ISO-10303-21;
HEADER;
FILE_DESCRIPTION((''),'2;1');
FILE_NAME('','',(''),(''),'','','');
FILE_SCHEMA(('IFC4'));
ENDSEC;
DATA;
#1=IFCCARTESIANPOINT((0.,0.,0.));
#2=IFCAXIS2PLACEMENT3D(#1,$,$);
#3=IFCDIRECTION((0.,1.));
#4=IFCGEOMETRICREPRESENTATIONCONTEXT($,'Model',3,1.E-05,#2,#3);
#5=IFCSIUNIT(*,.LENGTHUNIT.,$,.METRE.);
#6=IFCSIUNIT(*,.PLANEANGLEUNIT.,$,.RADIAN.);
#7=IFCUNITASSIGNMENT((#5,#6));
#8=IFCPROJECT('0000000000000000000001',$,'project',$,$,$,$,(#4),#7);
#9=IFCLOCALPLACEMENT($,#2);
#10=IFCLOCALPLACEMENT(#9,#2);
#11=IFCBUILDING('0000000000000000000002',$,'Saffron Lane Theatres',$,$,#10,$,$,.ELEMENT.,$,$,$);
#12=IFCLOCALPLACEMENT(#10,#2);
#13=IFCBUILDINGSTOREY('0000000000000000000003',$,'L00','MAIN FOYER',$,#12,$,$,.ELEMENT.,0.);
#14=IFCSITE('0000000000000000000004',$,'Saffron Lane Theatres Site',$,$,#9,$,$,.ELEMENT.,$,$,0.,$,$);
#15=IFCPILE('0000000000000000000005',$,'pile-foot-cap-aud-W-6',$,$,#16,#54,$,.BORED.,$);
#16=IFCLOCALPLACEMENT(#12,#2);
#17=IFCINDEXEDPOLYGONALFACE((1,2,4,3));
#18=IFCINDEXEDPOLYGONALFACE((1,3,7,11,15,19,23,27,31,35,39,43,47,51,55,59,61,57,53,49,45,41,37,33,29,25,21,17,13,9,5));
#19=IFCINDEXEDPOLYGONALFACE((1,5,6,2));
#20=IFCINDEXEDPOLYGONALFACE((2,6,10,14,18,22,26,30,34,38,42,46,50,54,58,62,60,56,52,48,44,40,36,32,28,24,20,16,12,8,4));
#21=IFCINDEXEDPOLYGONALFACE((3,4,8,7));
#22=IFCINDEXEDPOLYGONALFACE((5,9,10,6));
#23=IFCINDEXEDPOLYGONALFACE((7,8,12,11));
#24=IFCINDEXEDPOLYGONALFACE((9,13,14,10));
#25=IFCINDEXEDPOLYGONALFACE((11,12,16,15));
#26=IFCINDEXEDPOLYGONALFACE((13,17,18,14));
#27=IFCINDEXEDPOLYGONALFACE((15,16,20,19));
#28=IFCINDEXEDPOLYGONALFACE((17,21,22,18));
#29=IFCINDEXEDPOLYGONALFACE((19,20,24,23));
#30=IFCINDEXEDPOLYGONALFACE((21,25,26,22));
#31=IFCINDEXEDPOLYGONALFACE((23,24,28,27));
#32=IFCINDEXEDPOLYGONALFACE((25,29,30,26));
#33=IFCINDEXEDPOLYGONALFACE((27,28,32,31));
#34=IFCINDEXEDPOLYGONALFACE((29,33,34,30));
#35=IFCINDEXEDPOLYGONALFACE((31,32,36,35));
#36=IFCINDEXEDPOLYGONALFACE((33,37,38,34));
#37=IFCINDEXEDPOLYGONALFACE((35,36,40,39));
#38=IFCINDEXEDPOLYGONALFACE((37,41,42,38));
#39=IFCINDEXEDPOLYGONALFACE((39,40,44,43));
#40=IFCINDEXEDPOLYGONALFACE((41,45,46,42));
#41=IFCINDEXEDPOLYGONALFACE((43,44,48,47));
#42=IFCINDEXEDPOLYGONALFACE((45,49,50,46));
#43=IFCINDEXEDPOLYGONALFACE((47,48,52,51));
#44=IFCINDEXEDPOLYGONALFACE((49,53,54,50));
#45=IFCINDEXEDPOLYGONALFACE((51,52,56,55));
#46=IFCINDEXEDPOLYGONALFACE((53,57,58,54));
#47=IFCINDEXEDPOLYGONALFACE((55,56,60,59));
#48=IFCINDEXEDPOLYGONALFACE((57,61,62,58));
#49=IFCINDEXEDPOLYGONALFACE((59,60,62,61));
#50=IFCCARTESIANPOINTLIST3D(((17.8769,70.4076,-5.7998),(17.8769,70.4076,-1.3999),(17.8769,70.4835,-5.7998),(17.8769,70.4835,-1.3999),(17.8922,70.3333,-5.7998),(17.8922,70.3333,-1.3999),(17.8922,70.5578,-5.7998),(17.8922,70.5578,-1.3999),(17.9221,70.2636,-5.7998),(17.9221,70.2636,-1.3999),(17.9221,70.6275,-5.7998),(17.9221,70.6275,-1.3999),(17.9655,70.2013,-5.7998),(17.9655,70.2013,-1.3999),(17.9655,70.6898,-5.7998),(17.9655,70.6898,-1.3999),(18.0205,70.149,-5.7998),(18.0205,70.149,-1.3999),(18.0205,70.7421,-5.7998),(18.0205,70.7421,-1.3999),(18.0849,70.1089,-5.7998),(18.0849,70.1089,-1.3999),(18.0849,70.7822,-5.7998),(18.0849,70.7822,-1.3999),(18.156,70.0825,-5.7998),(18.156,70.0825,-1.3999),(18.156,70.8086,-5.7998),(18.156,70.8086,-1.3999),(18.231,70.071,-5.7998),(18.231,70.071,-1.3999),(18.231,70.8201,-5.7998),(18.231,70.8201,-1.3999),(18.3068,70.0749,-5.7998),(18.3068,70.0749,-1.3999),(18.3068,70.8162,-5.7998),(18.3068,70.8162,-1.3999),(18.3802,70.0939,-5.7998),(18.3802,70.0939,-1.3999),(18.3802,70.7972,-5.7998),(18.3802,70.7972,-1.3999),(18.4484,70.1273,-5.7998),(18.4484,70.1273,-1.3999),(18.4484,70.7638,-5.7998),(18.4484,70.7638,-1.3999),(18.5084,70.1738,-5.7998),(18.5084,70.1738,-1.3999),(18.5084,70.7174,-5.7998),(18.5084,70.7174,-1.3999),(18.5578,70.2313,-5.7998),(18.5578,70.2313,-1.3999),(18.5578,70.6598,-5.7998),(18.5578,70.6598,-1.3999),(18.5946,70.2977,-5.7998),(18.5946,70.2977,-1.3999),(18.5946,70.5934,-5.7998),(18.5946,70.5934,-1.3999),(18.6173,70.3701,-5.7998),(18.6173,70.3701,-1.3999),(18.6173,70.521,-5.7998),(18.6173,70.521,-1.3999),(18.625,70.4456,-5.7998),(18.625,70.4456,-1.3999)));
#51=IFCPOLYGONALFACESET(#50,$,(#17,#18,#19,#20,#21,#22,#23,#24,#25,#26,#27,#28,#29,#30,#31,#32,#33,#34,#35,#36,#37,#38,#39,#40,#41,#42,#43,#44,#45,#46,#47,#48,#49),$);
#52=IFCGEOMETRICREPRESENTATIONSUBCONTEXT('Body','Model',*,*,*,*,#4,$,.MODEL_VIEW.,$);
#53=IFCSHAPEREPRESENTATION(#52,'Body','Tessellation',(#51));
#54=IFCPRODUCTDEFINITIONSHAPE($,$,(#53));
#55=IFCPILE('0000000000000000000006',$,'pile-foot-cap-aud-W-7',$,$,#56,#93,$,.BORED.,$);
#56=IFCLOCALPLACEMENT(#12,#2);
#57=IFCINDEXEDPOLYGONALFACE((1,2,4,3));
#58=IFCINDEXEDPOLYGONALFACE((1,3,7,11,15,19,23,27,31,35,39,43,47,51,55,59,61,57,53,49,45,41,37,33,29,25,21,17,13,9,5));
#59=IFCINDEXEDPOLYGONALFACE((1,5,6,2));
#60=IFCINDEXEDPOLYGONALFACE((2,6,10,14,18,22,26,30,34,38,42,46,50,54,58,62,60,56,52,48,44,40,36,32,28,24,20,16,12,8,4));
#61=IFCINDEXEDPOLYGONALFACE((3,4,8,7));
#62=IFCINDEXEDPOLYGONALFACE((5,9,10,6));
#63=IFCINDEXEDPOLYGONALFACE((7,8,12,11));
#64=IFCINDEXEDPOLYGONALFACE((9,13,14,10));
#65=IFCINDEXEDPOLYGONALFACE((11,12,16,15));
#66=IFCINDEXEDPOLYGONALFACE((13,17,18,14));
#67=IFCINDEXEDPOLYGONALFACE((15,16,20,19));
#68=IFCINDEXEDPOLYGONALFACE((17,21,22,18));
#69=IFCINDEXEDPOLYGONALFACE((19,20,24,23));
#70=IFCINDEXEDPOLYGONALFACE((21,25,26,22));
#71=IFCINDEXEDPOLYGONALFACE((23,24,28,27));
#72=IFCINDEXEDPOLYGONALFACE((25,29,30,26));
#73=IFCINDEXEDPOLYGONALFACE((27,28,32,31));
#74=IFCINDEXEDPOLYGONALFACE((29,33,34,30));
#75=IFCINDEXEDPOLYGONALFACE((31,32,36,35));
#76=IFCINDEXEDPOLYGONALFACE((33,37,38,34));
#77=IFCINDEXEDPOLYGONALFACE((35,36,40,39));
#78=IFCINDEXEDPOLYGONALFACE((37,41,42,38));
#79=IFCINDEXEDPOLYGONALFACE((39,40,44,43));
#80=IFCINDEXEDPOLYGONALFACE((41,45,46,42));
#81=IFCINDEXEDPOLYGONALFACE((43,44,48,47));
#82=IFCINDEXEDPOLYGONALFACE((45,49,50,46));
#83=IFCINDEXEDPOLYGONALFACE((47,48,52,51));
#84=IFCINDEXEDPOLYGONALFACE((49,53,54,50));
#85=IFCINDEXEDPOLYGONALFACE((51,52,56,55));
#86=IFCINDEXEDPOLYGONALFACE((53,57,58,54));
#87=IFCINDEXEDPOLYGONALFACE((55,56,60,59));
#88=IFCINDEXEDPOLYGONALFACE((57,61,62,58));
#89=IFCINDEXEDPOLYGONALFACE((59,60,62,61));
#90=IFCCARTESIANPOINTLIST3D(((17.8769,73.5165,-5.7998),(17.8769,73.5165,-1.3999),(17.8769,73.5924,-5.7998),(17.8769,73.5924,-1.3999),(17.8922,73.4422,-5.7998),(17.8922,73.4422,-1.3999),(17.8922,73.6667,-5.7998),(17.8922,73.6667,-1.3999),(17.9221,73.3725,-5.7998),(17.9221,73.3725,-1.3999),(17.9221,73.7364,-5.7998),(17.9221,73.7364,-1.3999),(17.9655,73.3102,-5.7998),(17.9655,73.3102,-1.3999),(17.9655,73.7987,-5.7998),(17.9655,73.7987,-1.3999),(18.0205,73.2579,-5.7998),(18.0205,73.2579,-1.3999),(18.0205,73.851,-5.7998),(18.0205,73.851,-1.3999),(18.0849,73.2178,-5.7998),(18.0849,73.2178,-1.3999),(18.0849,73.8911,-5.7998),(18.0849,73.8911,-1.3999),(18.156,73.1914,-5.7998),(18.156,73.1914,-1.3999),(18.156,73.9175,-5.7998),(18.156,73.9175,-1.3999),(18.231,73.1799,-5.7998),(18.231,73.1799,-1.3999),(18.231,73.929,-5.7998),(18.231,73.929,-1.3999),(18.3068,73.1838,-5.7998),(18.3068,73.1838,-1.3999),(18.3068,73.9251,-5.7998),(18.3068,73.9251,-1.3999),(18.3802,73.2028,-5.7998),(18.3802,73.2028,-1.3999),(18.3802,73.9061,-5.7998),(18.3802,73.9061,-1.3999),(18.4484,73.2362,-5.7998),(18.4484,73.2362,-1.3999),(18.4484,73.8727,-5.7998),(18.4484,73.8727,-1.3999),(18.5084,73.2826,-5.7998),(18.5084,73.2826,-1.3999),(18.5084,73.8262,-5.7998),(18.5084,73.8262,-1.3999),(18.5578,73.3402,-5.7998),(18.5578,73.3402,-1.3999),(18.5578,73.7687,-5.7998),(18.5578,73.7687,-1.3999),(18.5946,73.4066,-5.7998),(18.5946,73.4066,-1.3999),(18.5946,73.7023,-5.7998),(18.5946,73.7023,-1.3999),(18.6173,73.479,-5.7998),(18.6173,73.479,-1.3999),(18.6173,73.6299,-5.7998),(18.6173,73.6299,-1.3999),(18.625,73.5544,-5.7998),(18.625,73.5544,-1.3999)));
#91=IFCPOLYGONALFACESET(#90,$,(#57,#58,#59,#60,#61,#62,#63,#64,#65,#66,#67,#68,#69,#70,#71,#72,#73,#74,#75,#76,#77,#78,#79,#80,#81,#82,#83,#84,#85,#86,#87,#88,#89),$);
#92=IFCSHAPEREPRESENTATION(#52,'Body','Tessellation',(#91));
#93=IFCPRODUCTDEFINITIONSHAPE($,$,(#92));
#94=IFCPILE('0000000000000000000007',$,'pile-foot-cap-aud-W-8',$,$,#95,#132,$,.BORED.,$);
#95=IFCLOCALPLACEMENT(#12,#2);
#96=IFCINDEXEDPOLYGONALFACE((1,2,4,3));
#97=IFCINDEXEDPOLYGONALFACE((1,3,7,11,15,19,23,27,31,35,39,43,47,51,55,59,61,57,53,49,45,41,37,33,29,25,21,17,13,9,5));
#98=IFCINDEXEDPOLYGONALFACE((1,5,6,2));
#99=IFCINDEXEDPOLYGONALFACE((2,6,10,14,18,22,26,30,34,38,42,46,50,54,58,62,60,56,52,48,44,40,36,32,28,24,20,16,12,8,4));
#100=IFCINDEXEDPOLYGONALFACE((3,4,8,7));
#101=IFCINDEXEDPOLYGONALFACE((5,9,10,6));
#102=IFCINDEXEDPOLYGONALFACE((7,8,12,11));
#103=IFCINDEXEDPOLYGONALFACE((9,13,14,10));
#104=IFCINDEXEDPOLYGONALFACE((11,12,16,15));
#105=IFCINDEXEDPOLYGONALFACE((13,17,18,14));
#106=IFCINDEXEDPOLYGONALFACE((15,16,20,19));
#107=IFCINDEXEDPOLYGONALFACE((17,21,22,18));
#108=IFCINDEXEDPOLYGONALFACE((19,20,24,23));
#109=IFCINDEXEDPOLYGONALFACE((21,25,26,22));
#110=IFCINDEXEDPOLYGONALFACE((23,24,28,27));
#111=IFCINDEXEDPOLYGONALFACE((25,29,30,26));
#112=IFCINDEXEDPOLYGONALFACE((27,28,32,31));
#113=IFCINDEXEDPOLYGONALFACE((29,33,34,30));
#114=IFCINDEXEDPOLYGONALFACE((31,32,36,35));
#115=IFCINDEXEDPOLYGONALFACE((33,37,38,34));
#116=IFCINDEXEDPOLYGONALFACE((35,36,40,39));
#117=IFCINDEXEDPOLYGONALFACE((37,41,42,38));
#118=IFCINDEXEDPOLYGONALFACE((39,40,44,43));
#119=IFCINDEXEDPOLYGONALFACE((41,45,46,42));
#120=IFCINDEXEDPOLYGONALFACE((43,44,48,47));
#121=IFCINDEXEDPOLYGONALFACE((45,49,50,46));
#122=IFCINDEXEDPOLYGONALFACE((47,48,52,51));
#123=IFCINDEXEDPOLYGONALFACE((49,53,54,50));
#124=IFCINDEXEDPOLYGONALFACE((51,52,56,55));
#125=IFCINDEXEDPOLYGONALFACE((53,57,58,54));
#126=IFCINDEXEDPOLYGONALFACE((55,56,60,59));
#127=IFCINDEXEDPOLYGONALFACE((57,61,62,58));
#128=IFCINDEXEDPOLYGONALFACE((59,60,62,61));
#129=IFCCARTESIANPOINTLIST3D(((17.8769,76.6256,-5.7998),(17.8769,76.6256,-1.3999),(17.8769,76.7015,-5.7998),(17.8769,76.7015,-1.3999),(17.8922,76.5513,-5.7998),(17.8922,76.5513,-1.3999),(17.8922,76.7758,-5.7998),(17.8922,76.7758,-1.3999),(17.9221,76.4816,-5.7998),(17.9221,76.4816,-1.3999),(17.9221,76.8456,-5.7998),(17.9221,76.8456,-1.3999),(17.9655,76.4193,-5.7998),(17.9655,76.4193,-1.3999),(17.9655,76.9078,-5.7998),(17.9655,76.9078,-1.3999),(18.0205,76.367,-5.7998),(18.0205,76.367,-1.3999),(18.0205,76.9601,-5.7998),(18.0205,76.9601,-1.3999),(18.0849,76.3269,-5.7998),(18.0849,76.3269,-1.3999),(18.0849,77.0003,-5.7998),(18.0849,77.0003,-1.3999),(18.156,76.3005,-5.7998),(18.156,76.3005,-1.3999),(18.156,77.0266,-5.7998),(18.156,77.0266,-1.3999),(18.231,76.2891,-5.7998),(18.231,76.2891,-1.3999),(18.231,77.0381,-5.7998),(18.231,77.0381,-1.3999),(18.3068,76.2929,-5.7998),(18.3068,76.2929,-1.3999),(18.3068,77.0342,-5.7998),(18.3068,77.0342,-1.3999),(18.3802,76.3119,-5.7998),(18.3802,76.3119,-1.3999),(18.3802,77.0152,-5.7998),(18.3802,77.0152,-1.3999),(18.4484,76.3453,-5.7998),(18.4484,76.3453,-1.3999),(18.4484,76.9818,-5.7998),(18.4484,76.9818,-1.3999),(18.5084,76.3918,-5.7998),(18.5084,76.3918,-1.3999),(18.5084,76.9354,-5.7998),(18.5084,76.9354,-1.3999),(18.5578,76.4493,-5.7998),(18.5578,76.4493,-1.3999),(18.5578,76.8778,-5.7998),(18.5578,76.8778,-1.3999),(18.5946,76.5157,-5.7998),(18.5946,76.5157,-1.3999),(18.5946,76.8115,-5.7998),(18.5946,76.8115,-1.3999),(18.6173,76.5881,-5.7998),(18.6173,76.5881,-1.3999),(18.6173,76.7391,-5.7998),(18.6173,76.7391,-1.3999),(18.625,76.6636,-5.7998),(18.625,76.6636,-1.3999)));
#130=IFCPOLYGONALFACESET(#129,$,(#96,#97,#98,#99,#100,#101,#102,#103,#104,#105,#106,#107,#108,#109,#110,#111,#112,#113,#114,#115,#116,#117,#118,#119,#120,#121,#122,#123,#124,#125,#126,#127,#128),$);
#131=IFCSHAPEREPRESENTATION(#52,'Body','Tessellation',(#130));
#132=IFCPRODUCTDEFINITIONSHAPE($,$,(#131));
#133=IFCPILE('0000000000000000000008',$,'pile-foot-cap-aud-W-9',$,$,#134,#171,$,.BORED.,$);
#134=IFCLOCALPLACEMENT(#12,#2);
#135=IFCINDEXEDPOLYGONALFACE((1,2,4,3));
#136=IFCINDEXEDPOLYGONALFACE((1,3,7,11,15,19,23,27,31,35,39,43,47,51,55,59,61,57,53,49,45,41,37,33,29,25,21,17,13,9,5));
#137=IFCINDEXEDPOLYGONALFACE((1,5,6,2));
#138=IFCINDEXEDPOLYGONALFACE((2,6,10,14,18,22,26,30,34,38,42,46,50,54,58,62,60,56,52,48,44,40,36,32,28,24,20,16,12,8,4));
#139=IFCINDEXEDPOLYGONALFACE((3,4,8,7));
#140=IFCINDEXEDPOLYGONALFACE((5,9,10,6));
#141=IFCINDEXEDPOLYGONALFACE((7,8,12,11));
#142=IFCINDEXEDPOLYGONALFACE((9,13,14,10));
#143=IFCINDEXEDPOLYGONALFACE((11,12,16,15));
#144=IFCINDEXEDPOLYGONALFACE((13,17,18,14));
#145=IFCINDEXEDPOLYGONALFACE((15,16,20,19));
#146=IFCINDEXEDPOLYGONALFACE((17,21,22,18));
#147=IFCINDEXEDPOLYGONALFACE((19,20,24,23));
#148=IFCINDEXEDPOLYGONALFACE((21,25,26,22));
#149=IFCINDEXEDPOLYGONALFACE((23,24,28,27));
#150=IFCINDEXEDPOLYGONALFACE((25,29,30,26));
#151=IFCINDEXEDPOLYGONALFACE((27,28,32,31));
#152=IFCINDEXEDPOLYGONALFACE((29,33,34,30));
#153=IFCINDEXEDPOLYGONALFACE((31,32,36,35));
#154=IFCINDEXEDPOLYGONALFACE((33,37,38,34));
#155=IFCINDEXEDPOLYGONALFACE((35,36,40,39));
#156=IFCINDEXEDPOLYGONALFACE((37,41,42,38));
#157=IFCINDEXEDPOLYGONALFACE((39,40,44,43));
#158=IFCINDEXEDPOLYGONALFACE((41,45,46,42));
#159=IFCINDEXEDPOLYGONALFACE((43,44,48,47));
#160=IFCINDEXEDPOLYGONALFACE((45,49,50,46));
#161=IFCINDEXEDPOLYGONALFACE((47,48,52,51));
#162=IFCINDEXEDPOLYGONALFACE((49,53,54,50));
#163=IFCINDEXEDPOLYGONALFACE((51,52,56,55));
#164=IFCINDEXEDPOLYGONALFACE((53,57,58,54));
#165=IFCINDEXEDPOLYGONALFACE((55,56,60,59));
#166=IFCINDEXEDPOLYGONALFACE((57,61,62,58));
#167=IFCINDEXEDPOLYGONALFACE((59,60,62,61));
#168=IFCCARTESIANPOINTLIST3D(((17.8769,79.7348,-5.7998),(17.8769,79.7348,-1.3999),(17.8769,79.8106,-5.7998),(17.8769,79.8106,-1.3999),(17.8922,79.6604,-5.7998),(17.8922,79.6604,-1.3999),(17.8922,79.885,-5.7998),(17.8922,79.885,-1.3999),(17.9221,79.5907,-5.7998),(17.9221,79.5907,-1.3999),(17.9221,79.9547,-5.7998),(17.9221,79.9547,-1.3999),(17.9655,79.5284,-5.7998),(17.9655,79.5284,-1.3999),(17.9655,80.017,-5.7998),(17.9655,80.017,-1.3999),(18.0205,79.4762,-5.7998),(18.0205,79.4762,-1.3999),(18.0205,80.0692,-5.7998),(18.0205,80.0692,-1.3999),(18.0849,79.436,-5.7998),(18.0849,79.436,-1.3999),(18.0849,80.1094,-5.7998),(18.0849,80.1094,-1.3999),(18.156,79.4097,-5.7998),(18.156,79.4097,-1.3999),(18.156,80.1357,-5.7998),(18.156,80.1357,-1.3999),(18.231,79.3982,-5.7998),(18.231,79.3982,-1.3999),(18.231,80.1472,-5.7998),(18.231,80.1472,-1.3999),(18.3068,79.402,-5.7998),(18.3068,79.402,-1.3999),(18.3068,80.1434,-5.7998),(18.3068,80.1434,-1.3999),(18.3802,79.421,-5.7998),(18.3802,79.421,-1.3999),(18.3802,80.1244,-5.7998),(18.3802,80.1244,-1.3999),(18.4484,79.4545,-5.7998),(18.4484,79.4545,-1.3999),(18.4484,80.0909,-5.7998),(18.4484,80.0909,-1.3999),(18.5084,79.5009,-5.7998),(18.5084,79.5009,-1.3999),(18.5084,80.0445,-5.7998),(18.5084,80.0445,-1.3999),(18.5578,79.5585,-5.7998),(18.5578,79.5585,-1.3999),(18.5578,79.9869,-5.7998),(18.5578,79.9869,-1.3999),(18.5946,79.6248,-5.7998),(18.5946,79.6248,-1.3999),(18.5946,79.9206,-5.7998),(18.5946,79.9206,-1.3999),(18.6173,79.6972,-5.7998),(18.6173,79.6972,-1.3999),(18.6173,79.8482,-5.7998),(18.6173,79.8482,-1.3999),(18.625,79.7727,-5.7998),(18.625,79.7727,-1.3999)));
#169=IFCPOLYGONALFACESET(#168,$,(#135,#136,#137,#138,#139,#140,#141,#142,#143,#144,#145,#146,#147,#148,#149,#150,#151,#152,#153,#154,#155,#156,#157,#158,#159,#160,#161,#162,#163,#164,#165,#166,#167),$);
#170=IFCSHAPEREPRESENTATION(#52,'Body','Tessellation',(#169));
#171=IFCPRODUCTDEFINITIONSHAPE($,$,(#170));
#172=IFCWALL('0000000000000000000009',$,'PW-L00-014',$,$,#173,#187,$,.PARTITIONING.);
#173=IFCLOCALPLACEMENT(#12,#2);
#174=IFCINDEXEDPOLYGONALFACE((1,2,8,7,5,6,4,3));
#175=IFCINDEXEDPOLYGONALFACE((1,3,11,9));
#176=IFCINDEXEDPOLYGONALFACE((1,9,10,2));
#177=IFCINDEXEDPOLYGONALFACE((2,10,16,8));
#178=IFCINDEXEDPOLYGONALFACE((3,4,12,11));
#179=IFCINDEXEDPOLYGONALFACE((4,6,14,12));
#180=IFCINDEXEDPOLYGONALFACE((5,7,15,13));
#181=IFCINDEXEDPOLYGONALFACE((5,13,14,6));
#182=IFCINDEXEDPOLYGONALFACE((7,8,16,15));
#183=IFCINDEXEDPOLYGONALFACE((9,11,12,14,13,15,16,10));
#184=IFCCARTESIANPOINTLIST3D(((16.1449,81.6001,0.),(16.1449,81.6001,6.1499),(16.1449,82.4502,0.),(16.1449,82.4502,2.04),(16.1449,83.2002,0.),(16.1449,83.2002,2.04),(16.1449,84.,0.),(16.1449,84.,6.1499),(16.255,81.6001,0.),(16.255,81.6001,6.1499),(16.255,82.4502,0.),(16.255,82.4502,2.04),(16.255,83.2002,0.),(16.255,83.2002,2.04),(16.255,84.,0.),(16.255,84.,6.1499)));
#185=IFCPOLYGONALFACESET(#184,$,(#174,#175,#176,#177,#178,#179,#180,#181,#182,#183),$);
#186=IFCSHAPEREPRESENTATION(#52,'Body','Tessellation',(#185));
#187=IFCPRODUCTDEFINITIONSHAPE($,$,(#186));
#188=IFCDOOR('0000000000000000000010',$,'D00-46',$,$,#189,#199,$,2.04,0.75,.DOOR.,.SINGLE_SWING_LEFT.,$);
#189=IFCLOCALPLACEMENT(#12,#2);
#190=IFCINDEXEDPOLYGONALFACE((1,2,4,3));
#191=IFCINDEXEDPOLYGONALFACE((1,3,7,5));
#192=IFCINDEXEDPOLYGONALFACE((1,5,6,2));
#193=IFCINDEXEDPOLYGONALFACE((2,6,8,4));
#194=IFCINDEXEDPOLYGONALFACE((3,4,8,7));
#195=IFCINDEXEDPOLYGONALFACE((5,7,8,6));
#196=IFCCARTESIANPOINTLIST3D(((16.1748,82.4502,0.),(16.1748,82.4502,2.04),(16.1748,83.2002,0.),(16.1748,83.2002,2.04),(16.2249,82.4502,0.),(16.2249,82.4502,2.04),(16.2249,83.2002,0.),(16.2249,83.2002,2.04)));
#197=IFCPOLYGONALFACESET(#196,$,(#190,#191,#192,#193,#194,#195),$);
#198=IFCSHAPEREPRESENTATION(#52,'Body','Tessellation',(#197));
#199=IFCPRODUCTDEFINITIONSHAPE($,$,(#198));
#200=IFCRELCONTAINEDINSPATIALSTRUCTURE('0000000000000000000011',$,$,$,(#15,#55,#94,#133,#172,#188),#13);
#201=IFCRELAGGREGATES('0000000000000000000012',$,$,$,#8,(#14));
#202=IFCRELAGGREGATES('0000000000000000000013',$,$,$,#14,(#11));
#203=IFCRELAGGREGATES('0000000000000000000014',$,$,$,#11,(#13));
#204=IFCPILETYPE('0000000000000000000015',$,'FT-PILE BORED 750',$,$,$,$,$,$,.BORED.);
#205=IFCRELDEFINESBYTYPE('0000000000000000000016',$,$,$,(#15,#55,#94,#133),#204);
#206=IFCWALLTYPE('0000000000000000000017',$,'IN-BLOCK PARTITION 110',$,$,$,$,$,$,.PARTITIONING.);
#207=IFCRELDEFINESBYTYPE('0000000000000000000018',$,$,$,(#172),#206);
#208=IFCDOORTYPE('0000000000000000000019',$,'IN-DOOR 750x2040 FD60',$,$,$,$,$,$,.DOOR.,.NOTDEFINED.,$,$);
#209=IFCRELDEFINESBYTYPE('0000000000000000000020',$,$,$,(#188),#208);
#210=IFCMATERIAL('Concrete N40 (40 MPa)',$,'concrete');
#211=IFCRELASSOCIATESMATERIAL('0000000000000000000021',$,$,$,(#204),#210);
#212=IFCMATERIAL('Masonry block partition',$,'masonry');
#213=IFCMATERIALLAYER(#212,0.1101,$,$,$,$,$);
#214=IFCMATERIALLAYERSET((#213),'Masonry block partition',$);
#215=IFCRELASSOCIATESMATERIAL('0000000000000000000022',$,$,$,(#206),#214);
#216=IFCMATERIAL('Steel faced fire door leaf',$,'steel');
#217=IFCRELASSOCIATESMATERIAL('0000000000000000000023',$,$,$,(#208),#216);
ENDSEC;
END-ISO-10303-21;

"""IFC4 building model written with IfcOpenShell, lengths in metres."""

from ifc_helpers import new_model, si_unit, direction, frame, frame_2d, origin, origin_2d, place, context, subcontext, project, spatial, rectangle, circle, extrude, material, layer, layer_set, material_profile, profile_set, type_object, element, fill, save


model = new_model("IFC4")

# Units and contexts
model_context = context("Model", 3, precision=1e-05, world=origin(), true_north=direction((0.0, 1.0)))
body_context = subcontext(model_context, "Body", "Model", "MODEL_VIEW")
ifc_project = project(units=[si_unit("LENGTHUNIT", "METRE"), si_unit("PLANEANGLEUNIT", "RADIAN")], contexts=[model_context])

# Site, building, storey
site_placement = place(None, origin())
site = spatial("IfcSite", under=ifc_project, at=site_placement, Name="Saffron Lane Theatres Site", CompositionType="ELEMENT", RefElevation=0.0)
building_placement = place(site_placement, origin())
building = spatial("IfcBuilding", under=site, at=building_placement, Name="Saffron Lane Theatres", CompositionType="ELEMENT")
storey_placement = place(building_placement, origin())
storey = spatial("IfcBuildingStorey", under=building, at=storey_placement, Name="L00", Description="MAIN FOYER", CompositionType="ELEMENT", Elevation=0.0)

# Piles
ifc_material_1 = material(Name="Concrete N40 (40 MPa)", Category="concrete")
ifc_material_profile = material_profile(ifc_material_1, circle(Radius=0.375, at=origin_2d()))
ifc_profile_set = profile_set([ifc_material_profile], Name="Concrete N40 (40 MPa)")
pile_type = type_object("IfcPileType", Name="FT-PILE BORED 750", PredefinedType="BORED", material=ifc_profile_set)
for number, where, z_axis, x_axis, name in (
    (1, (18.25, 70.4456, -1.3999), (0.0, 0.0, -1.0), (1.0, 0.0, 0.0), "pile-foot-cap-aud-W-6"),
    (2, (18.25, 73.5544, -1.3999), (0.0, 0.0, -1.0), (1.0, 0.0, 0.0), "pile-foot-cap-aud-W-7"),
    (3, (18.25, 76.6636, -1.3999), (0.0, 0.0, -1.0), (1.0, 0.0, 0.0), "pile-foot-cap-aud-W-8"),
    (4, (18.25, 79.7727, -1.3999), (0.0, 0.0, -1.0), (1.0, 0.0, 0.0), "pile-foot-cap-aud-W-9"),
):
    element("IfcPile", number, at=place(storey_placement, frame(where, z_axis=z_axis, x_axis=x_axis)), inside=storey, type_object=pile_type, Name=name, PredefinedType="BORED", context=body_context, shape_type="SweptSolid", body=[
        extrude(circle(Radius=0.375, at=origin_2d()), origin(), (0.0, 0.0, 1.0), 4.3999),
    ])

# Wall, opening, door
ifc_material_2 = material(Name="Masonry block partition", Category="masonry")
ifc_layer_1 = layer(ifc_material_2, 0.1101)
ifc_layer_set_1 = layer_set([ifc_layer_1], Name="Masonry block partition")
wall_type_1 = type_object("IfcWallType", Name="IN-BLOCK PARTITION 110", PredefinedType="PARTITIONING", material=ifc_layer_set_1)
wall_1_placement = place(storey_placement, frame((16.2, 81.6001, 0.0), z_axis=(0.0, 0.0, 1.0), x_axis=(0.0, 1.0, 0.0)))
wall_1 = element("IfcWall", 5, at=wall_1_placement, inside=storey, type_object=wall_type_1, Name="PW-L00-014", PredefinedType="PARTITIONING", context=body_context, shape_type="SweptSolid", body=[
    extrude(rectangle(XDim=2.3999, YDim=0.1101, at=frame_2d((1.2, 0.0))), origin(), (0.0, 0.0, 1.0), 6.1499),
])
opening_1_placement = place(wall_1_placement, frame((0.8501, 0.0, 0.0)))
opening_1 = element("IfcOpeningElement", 6, at=opening_1_placement, cuts=wall_1, PredefinedType="OPENING", context=body_context, shape_type="SweptSolid", body=[
    extrude(rectangle(XDim=0.75, YDim=2.04, at=frame_2d((0.375, 1.02))), frame((0.0, 0.0649, 0.0), z_axis=(0.0, -1.0, 0.0), x_axis=(1.0, 0.0, 0.0)), (0.0, 0.0, 1.0), 0.1301),
])
ifc_material_3 = material(Name="Steel faced fire door leaf", Category="steel")
door_type_1 = type_object("IfcDoorType", Name="IN-DOOR 750x2040 FD60", OperationType="NOTDEFINED", PredefinedType="DOOR", material=ifc_material_3)
door_1_placement = place(opening_1_placement, frame((0.75, 0.0, 0.0), z_axis=(0.0, 0.0, 1.0), x_axis=(-1.0, 0.0, 0.0)))
door_1 = element("IfcDoor", 7, at=door_1_placement, inside=storey, type_object=door_type_1, Name="D00-46", OperationType="SINGLE_SWING_LEFT", OverallHeight=2.04, OverallWidth=0.75, PredefinedType="DOOR", context=body_context, shape_type="SweptSolid", body=[
    extrude(rectangle(XDim=0.75, YDim=2.04, at=frame_2d((0.375, 1.02))), frame((0.0, 0.0249, 0.0), z_axis=(0.0, -1.0, 0.0), x_axis=(1.0, 0.0, 0.0)), (0.0, 0.0, 1.0), 0.05),
])
fill(opening_1, door_1)

save(model, "model.ifc")
